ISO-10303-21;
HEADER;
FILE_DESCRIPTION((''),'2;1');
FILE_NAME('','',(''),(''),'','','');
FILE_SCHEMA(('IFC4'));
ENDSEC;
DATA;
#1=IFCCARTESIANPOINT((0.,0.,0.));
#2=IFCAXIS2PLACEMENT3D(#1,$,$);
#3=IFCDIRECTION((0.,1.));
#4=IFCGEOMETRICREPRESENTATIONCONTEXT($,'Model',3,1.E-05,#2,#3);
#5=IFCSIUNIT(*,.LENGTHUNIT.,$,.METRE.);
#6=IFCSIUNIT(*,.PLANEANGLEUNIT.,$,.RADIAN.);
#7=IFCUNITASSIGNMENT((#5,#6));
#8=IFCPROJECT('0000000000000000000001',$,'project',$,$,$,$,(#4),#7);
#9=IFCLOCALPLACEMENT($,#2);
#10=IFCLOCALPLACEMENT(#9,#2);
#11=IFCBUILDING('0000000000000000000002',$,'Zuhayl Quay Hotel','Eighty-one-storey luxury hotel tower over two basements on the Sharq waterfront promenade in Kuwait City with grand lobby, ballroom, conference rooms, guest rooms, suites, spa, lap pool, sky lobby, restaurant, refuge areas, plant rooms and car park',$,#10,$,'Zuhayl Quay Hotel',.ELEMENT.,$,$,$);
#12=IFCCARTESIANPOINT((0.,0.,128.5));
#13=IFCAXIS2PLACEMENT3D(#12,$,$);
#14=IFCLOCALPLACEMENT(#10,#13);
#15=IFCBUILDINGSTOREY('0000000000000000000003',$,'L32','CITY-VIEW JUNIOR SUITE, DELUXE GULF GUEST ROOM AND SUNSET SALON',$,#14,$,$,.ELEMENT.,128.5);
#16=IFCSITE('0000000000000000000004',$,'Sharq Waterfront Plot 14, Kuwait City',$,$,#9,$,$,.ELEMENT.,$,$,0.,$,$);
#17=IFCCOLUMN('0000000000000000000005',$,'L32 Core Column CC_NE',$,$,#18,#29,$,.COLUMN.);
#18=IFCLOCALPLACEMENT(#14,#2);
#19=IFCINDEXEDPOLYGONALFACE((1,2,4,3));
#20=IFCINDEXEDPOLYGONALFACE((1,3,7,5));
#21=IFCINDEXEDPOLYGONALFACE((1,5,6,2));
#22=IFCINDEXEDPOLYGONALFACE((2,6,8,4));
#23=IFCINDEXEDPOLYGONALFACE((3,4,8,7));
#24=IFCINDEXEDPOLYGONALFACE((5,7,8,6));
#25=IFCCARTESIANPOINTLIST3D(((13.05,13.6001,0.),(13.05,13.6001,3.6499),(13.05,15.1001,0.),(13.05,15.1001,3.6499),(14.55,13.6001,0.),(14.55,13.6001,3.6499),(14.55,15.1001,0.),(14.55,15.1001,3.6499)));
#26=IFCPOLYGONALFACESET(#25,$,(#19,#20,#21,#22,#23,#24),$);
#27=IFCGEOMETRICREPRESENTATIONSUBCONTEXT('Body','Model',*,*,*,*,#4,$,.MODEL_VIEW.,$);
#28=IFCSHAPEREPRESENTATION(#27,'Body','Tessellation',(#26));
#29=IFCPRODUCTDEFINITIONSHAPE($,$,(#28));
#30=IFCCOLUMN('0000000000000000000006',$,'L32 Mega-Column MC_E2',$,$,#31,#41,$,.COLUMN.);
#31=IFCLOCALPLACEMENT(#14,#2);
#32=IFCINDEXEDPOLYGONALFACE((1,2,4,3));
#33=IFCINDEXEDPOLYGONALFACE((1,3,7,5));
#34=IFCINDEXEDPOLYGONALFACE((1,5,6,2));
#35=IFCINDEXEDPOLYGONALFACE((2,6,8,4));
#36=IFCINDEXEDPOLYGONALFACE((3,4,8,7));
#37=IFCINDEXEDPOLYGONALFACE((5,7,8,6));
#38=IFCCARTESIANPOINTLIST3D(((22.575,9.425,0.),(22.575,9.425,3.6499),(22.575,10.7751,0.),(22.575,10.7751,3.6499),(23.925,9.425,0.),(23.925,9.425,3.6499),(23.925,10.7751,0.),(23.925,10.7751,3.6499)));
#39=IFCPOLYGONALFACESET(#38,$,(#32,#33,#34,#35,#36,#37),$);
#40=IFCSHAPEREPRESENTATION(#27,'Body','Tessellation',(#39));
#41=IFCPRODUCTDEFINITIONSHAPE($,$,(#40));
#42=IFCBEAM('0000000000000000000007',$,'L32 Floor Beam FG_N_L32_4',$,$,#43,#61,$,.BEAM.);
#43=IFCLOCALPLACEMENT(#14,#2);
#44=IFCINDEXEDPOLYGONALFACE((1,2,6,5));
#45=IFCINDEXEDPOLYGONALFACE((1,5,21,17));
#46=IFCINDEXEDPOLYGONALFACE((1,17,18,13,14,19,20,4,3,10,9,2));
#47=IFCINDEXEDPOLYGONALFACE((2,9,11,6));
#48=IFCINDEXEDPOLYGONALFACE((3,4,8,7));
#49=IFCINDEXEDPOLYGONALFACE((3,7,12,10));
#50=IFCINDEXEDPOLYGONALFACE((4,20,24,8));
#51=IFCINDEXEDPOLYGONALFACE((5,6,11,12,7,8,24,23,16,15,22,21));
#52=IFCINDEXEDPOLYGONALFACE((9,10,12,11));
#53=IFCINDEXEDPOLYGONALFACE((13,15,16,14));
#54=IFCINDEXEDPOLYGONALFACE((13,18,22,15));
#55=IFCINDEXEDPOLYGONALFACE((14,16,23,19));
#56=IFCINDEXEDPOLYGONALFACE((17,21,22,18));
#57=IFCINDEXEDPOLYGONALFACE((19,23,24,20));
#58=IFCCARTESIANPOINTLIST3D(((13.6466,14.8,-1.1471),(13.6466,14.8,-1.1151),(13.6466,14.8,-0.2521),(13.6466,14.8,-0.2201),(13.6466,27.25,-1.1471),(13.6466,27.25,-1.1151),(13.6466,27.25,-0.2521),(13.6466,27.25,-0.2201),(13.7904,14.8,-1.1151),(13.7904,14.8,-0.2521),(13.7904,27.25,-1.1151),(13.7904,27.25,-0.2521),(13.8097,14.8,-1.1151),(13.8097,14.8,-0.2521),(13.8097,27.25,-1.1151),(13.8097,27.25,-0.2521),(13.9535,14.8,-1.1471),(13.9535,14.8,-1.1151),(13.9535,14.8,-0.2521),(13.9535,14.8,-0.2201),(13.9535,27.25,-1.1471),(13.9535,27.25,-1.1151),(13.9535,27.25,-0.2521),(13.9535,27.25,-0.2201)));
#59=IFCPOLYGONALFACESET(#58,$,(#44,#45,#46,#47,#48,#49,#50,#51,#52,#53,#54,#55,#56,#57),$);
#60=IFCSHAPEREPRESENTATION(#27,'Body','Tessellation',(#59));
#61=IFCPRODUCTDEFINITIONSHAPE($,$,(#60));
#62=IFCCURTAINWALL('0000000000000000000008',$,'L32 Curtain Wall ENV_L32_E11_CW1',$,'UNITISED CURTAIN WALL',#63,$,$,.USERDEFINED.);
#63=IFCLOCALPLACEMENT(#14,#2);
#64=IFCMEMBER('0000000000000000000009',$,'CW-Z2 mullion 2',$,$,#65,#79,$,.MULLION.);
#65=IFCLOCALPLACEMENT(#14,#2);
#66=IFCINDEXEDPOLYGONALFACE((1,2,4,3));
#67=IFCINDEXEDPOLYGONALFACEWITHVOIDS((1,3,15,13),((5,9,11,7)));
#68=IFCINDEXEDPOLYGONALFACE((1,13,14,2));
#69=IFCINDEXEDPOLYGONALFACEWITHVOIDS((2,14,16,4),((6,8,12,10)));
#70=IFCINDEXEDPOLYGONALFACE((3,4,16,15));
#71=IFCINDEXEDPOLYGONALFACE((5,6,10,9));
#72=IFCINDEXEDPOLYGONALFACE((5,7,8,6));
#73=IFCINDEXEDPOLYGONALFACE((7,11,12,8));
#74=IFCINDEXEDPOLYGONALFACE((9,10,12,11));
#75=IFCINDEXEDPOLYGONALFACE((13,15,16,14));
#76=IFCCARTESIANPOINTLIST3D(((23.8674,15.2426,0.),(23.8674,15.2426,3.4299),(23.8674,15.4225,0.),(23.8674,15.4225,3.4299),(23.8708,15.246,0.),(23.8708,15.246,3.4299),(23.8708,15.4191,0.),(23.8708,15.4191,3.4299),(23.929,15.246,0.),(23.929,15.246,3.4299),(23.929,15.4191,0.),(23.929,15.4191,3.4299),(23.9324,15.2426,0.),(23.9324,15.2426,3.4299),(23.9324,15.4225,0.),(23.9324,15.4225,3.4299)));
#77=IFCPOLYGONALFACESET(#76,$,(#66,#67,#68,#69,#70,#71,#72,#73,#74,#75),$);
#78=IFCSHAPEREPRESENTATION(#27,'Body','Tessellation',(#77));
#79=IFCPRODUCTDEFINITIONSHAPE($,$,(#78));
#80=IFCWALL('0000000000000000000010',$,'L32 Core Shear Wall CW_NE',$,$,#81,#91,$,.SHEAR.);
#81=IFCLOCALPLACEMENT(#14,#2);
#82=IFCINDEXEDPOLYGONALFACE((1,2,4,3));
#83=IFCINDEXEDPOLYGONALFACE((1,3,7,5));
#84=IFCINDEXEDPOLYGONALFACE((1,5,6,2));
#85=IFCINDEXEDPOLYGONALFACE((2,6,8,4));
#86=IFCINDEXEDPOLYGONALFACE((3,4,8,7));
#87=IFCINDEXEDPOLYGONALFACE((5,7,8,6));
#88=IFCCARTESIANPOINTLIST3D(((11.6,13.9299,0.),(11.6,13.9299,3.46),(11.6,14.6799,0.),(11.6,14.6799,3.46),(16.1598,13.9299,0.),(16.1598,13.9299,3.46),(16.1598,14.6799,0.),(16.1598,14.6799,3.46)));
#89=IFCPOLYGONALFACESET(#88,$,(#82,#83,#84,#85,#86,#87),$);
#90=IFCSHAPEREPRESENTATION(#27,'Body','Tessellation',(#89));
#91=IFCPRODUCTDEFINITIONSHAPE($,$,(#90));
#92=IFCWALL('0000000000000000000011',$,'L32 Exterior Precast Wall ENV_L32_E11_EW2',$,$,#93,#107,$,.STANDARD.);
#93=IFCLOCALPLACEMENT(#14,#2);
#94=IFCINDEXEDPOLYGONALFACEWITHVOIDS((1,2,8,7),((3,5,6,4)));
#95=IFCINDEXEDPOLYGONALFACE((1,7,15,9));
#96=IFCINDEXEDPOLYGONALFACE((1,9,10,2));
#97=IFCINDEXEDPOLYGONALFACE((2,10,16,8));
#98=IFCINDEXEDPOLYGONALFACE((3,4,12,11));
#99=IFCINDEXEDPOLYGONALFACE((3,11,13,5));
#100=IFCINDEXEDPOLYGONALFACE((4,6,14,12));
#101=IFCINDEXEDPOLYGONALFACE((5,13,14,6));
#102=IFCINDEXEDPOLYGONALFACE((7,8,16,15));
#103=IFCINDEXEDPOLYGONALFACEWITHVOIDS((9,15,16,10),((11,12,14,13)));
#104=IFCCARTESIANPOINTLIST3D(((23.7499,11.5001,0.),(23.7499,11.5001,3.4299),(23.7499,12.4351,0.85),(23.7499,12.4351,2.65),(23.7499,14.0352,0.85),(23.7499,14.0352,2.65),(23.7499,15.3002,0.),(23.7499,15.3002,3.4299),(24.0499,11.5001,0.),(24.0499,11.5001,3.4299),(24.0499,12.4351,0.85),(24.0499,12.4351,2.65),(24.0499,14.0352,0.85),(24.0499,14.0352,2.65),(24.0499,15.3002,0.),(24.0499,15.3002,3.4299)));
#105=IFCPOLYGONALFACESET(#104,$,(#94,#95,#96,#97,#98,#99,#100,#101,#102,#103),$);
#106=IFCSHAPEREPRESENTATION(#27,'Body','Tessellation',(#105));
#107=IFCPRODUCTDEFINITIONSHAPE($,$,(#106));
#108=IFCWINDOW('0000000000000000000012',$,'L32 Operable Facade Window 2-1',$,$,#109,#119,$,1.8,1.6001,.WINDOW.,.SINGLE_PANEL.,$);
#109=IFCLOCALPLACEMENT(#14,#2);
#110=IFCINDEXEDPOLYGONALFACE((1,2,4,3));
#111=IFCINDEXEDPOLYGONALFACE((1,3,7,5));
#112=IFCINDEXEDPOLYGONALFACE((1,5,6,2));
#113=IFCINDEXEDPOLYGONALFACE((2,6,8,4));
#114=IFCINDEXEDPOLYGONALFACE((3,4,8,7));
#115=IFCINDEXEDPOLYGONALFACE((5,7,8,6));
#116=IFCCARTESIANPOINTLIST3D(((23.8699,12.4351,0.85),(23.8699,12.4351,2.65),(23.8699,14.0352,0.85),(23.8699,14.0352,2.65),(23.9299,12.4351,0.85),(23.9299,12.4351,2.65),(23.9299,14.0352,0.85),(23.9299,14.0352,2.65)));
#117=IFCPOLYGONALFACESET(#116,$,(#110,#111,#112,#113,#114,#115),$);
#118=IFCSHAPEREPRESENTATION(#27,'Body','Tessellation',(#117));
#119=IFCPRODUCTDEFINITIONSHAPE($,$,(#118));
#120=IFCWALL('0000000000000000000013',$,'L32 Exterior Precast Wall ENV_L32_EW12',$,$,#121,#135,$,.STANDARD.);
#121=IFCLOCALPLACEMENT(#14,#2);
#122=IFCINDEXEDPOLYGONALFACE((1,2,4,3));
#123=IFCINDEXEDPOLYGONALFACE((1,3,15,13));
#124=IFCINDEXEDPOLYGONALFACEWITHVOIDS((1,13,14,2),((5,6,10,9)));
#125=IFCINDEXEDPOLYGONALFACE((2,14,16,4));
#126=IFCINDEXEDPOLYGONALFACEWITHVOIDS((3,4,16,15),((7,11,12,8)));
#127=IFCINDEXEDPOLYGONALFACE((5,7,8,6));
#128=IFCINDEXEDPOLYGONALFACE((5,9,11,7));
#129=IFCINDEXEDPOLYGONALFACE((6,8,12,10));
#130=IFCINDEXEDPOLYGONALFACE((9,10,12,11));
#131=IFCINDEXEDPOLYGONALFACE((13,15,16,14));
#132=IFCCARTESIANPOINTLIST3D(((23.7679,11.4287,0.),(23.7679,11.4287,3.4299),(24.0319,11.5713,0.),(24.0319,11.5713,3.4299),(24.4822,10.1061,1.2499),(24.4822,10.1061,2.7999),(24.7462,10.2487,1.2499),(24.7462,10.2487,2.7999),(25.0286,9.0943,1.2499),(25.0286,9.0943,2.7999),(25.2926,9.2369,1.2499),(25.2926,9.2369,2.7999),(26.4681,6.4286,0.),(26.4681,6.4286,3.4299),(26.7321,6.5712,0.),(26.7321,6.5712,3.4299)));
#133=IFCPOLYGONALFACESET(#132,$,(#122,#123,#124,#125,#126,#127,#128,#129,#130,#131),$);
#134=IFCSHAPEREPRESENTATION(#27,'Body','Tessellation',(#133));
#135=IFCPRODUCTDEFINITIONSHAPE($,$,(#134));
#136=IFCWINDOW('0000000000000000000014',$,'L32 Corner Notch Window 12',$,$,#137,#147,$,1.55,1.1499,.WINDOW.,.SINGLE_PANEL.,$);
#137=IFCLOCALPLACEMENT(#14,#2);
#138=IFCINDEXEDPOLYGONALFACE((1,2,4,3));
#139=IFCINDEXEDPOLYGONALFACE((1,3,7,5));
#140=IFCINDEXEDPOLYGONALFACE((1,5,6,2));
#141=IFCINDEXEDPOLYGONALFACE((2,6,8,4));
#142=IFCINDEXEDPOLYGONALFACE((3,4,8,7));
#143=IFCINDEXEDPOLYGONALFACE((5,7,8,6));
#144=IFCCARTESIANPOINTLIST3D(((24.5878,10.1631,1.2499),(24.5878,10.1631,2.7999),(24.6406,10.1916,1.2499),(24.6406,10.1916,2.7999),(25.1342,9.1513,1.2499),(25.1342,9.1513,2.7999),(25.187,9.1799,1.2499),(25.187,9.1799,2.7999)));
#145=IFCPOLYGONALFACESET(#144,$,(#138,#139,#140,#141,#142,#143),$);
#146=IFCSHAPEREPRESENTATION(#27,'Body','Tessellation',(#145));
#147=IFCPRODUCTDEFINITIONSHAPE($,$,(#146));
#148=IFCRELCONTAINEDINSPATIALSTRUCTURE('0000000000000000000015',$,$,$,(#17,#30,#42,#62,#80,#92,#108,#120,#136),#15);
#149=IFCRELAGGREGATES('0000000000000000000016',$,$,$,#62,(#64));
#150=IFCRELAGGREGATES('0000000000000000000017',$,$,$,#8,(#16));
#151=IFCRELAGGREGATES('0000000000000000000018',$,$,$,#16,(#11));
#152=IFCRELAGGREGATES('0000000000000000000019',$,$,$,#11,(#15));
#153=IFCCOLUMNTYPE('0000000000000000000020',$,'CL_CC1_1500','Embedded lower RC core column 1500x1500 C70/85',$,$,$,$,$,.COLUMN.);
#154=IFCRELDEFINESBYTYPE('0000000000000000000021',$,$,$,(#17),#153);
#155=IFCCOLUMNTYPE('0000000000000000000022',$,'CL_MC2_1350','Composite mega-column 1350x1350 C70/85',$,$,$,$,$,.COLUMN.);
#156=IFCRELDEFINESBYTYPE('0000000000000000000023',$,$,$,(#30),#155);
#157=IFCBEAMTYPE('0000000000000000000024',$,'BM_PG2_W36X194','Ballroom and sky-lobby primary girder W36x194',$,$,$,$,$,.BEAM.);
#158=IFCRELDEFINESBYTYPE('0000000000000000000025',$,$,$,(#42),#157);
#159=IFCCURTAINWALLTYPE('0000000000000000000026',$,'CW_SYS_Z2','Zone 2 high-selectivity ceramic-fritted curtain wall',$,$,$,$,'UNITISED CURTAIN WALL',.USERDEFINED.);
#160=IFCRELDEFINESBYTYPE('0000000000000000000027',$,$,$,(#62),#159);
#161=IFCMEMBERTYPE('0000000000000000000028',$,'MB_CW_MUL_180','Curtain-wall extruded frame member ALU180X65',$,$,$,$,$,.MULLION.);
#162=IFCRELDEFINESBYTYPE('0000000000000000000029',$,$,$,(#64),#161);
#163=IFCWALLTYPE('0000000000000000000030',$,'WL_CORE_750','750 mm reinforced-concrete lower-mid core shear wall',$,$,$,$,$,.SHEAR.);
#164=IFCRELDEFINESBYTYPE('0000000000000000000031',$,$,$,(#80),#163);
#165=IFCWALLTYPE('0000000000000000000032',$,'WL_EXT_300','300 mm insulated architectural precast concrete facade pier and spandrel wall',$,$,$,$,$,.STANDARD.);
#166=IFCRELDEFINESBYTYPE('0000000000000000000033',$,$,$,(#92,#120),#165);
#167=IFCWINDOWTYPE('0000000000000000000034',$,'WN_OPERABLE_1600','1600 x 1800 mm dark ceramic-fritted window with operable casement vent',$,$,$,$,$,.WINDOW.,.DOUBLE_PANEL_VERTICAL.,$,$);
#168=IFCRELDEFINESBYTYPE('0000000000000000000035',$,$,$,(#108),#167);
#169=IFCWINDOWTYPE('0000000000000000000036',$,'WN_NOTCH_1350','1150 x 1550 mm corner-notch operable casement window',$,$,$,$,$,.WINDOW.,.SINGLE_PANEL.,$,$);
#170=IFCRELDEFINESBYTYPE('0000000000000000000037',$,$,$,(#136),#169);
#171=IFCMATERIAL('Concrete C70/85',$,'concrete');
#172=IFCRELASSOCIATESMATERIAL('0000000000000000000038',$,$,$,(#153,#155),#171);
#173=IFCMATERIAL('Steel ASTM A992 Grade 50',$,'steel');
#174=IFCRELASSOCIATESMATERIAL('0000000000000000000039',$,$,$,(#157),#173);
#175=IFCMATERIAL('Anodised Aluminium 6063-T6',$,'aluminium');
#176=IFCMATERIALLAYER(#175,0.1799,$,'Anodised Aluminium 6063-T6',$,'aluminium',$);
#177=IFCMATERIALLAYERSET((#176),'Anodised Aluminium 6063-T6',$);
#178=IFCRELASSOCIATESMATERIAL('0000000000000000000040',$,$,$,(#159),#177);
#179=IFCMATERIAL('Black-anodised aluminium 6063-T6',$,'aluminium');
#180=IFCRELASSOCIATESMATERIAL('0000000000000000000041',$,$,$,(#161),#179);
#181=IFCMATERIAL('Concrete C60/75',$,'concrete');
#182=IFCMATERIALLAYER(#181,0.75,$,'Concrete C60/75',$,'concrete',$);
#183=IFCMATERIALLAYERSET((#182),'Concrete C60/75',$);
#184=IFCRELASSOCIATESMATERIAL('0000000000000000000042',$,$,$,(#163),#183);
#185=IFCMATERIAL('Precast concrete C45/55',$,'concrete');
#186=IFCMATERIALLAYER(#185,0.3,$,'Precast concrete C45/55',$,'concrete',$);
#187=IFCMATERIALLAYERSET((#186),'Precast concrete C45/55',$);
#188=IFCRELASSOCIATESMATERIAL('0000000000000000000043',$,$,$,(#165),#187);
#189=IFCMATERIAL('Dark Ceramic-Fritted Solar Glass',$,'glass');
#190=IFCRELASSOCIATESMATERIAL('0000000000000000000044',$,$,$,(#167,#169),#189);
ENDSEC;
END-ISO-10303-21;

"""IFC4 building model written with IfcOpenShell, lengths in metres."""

from ifc_helpers import new_model, si_unit, direction, frame, frame_2d, origin, origin_2d, place, context, subcontext, project, spatial, rectangle, hollow_rectangle, i_section, extrude, material, layer, layer_set, material_profile, profile_set, type_object, element, fill, aggregate, save


model = new_model("IFC4")

# Units and contexts
model_context = context("Model", 3, precision=1e-05, world=origin(), true_north=direction((0.0, 1.0)))
body_context = subcontext(model_context, "Body", "Model", "MODEL_VIEW")
ifc_project = project(units=[si_unit("LENGTHUNIT", "METRE"), si_unit("PLANEANGLEUNIT", "RADIAN")], contexts=[model_context])

# Site, building, storey
site_placement = place(None, origin())
site = spatial("IfcSite", under=ifc_project, at=site_placement, Name="Sharq Waterfront Plot 14, Kuwait City", CompositionType="ELEMENT", RefElevation=0.0)
building_placement = place(site_placement, origin())
building = spatial("IfcBuilding", under=site, at=building_placement, Name="Zuhayl Quay Hotel", Description="Eighty-one-storey luxury hotel tower over two basements on the Sharq waterfront promenade in Kuwait City with grand lobby, ballroom, conference rooms, guest rooms, suites, spa, lap pool, sky lobby, restaurant, refuge areas, plant rooms and car park", LongName="Zuhayl Quay Hotel", CompositionType="ELEMENT")
storey_placement = place(building_placement, frame((0.0, 0.0, 128.5)))
storey = spatial("IfcBuildingStorey", under=building, at=storey_placement, Name="L32", Description="CITY-VIEW JUNIOR SUITE, DELUXE GULF GUEST ROOM AND SUNSET SALON", CompositionType="ELEMENT", Elevation=128.5)

# Columns
ifc_material_1 = material(Name="Concrete C70/85", Category="concrete")
ifc_material_profile_1 = material_profile(ifc_material_1, rectangle(XDim=1.5, YDim=1.5, at=origin_2d()), Name="RC1500X1500")
ifc_profile_set_1 = profile_set([ifc_material_profile_1], Name="Concrete C70/85")
column_type_1 = type_object("IfcColumnType", Name="CL_CC1_1500", Description="Embedded lower RC core column 1500x1500 C70/85", PredefinedType="COLUMN", material=ifc_profile_set_1)
column_1_placement = place(storey_placement, frame((13.8, 14.3501, 0.0), z_axis=(0.0, 0.0, 1.0), x_axis=(1.0, 0.0, 0.0)))
element("IfcColumn", 1, at=column_1_placement, inside=storey, type_object=column_type_1, Name="L32 Core Column CC_NE", PredefinedType="COLUMN", context=body_context, shape_type="SweptSolid", body=[
    extrude(rectangle(XDim=1.5, YDim=1.5, at=origin_2d()), origin(), (0.0, 0.0, 1.0), 3.6499),
])
ifc_material_profile_2 = material_profile(ifc_material_1, rectangle(XDim=1.3501, YDim=1.3501, at=origin_2d()), Name="RC1350X1350")
ifc_profile_set_2 = profile_set([ifc_material_profile_2], Name="Concrete C70/85")
column_type_2 = type_object("IfcColumnType", Name="CL_MC2_1350", Description="Composite mega-column 1350x1350 C70/85", PredefinedType="COLUMN", material=ifc_profile_set_2)
column_2_placement = place(storey_placement, frame((23.25, 10.1001, 0.0), z_axis=(0.0, 0.0, 1.0), x_axis=(1.0, 0.0, 0.0)))
element("IfcColumn", 2, at=column_2_placement, inside=storey, type_object=column_type_2, Name="L32 Mega-Column MC_E2", PredefinedType="COLUMN", context=body_context, shape_type="SweptSolid", body=[
    extrude(rectangle(XDim=1.3501, YDim=1.3501, at=origin_2d()), origin(), (0.0, 0.0, 1.0), 3.6499),
])

# Beam
ifc_material_2 = material(Name="Steel ASTM A992 Grade 50", Category="steel")
ifc_material_profile_3 = material_profile(ifc_material_2, i_section(OverallWidth=0.3069, OverallDepth=0.927, WebThickness=0.0193, FlangeThickness=0.032, at=origin_2d()), Name="W36X194")
ifc_profile_set_3 = profile_set([ifc_material_profile_3], Name="Steel ASTM A992 Grade 50")
beam_type = type_object("IfcBeamType", Name="BM_PG2_W36X194", Description="Ballroom and sky-lobby primary girder W36x194", PredefinedType="BEAM", material=ifc_profile_set_3)
beam_placement = place(storey_placement, frame((13.8, 14.8, -0.6836), z_axis=(0.0, 1.0, 0.0), x_axis=(-1.0, 0.0, 0.0)))
element("IfcBeam", 3, at=beam_placement, inside=storey, type_object=beam_type, Name="L32 Floor Beam FG_N_L32_4", PredefinedType="BEAM", context=body_context, shape_type="SweptSolid", body=[
    extrude(i_section(OverallWidth=0.3069, OverallDepth=0.927, WebThickness=0.0193, FlangeThickness=0.032, at=origin_2d()), origin(), (0.0, 0.0, 1.0), 12.45),
])

# Curtain wall, member
ifc_material_3 = material(Name="Anodised Aluminium 6063-T6", Category="aluminium")
ifc_layer_1 = layer(ifc_material_3, 0.1799, Name="Anodised Aluminium 6063-T6", Category="aluminium")
ifc_layer_set_1 = layer_set([ifc_layer_1], Name="Anodised Aluminium 6063-T6")
curtain_wall_type = type_object("IfcCurtainWallType", Name="CW_SYS_Z2", Description="Zone 2 high-selectivity ceramic-fritted curtain wall", ElementType="UNITISED CURTAIN WALL", PredefinedType="USERDEFINED", material=ifc_layer_set_1)
curtain_wall_placement = place(storey_placement, origin())
curtain_wall = element("IfcCurtainWall", 4, at=curtain_wall_placement, inside=storey, type_object=curtain_wall_type, Name="L32 Curtain Wall ENV_L32_E11_CW1", ObjectType="UNITISED CURTAIN WALL", PredefinedType="USERDEFINED")
ifc_material_4 = material(Name="Black-anodised aluminium 6063-T6", Category="aluminium")
ifc_material_profile_4 = material_profile(ifc_material_4, hollow_rectangle(XDim=0.0649, YDim=0.1799, WallThickness=0.0034, at=origin_2d()), Name="ALU180X65")
ifc_profile_set_4 = profile_set([ifc_material_profile_4], Name="Black-anodised aluminium 6063-T6")
member_type = type_object("IfcMemberType", Name="MB_CW_MUL_180", Description="Curtain-wall extruded frame member ALU180X65", PredefinedType="MULLION", material=ifc_profile_set_4)
member_placement = place(storey_placement, frame((23.8999, 15.3325, 0.0), z_axis=(0.0, 0.0, 1.0), x_axis=(1.0, 0.0, 0.0)))
member = element("IfcMember", 5, at=member_placement, type_object=member_type, Name="CW-Z2 mullion 2", PredefinedType="MULLION", context=body_context, shape_type="SweptSolid", body=[
    extrude(hollow_rectangle(XDim=0.0649, YDim=0.1799, WallThickness=0.0034, at=origin_2d()), origin(), (0.0, 0.0, 1.0), 3.4299),
])
aggregate(curtain_wall, [member])

# Wall
ifc_material_5 = material(Name="Concrete C60/75", Category="concrete")
ifc_layer_2 = layer(ifc_material_5, 0.75, Name="Concrete C60/75", Category="concrete")
ifc_layer_set_2 = layer_set([ifc_layer_2], Name="Concrete C60/75")
wall_type_1 = type_object("IfcWallType", Name="WL_CORE_750", Description="750 mm reinforced-concrete lower-mid core shear wall", PredefinedType="SHEAR", material=ifc_layer_set_2)
wall_1_placement = place(storey_placement, frame((11.6001, 14.3049, 0.0), z_axis=(0.0, 0.0, 1.0), x_axis=(1.0, 0.0, 0.0)))
element("IfcWall", 6, at=wall_1_placement, inside=storey, type_object=wall_type_1, Name="L32 Core Shear Wall CW_NE", PredefinedType="SHEAR", context=body_context, shape_type="SweptSolid", body=[
    extrude(rectangle(XDim=4.5598, YDim=0.75, at=frame_2d((2.2798, 0.0))), origin(), (0.0, 0.0, 1.0), 3.46),
])

# Walls, openings, windows
ifc_material_6 = material(Name="Precast concrete C45/55", Category="concrete")
ifc_layer_3 = layer(ifc_material_6, 0.3, Name="Precast concrete C45/55", Category="concrete")
ifc_layer_set_3 = layer_set([ifc_layer_3], Name="Precast concrete C45/55")
wall_type_2 = type_object("IfcWallType", Name="WL_EXT_300", Description="300 mm insulated architectural precast concrete facade pier and spandrel wall", PredefinedType="STANDARD", material=ifc_layer_set_3)
wall_2_placement = place(storey_placement, frame((23.8999, 15.3, 0.0), z_axis=(0.0, 0.0, 1.0), x_axis=(0.0, -1.0, 0.0)))
wall_2 = element("IfcWall", 7, at=wall_2_placement, inside=storey, type_object=wall_type_2, Name="L32 Exterior Precast Wall ENV_L32_E11_EW2", PredefinedType="STANDARD", context=body_context, shape_type="SweptSolid", body=[
    extrude(rectangle(XDim=3.8, YDim=0.3, at=frame_2d((1.8999, 0.0))), origin(), (0.0, 0.0, 1.0), 3.4299),
])
opening_1_placement = place(wall_2_placement, frame((1.2649, 0.0, 0.8501)))
opening_1 = element("IfcOpeningElement", 8, at=opening_1_placement, cuts=wall_2, PredefinedType="OPENING", context=body_context, shape_type="SweptSolid", body=[
    extrude(rectangle(XDim=1.6001, YDim=1.8, at=frame_2d((0.8, 0.8999))), frame((0.0, 0.1599, 0.0), z_axis=(0.0, -1.0, 0.0), x_axis=(1.0, 0.0, 0.0)), (0.0, 0.0, 1.0), 0.3201),
])
ifc_material_7 = material(Name="Dark Ceramic-Fritted Solar Glass", Category="glass")
window_type_1 = type_object("IfcWindowType", Name="WN_OPERABLE_1600", Description="1600 x 1800 mm dark ceramic-fritted window with operable casement vent", PartitioningType="DOUBLE_PANEL_VERTICAL", PredefinedType="WINDOW", material=ifc_material_7)
window_1_placement = place(opening_1_placement, origin())
window_1 = element("IfcWindow", 9, at=window_1_placement, inside=storey, type_object=window_type_1, Name="L32 Operable Facade Window 2-1", OverallHeight=1.8, OverallWidth=1.6001, PartitioningType="SINGLE_PANEL", PredefinedType="WINDOW", context=body_context, shape_type="SweptSolid", body=[
    extrude(rectangle(XDim=1.6001, YDim=1.8, at=frame_2d((0.8, 0.8999))), frame((0.0, 0.03, 0.0), z_axis=(0.0, -1.0, 0.0), x_axis=(1.0, 0.0, 0.0)), (0.0, 0.0, 1.0), 0.0601),
])
fill(opening_1, window_1)
wall_3_placement = place(storey_placement, frame((23.8999, 11.5, 0.0), z_axis=(0.0, 0.0, 1.0), x_axis=(0.475176, -0.879891, 0.0)))
wall_3 = element("IfcWall", 10, at=wall_3_placement, inside=storey, type_object=wall_type_2, Name="L32 Exterior Precast Wall ENV_L32_EW12", PredefinedType="STANDARD", context=body_context, shape_type="SweptSolid", body=[
    extrude(rectangle(XDim=5.6826, YDim=0.3, at=frame_2d((2.8413, 0.0))), origin(), (0.0, 0.0, 1.0), 3.4299),
])
opening_2_placement = place(wall_3_placement, frame((1.5032, 0.0, 1.25)))
opening_2 = element("IfcOpeningElement", 11, at=opening_2_placement, cuts=wall_3, PredefinedType="OPENING", context=body_context, shape_type="SweptSolid", body=[
    extrude(rectangle(XDim=1.1499, YDim=1.55, at=frame_2d((0.575, 0.7749))), frame((0.0, 0.1599, 0.0), z_axis=(0.0, -1.0, 0.0), x_axis=(1.0, 0.0, 0.0)), (0.0, 0.0, 1.0), 0.3201),
])
window_type_2 = type_object("IfcWindowType", Name="WN_NOTCH_1350", Description="1150 x 1550 mm corner-notch operable casement window", PartitioningType="SINGLE_PANEL", PredefinedType="WINDOW", material=ifc_material_7)
window_2_placement = place(opening_2_placement, origin())
window_2 = element("IfcWindow", 12, at=window_2_placement, inside=storey, type_object=window_type_2, Name="L32 Corner Notch Window 12", OverallHeight=1.55, OverallWidth=1.1499, PartitioningType="SINGLE_PANEL", PredefinedType="WINDOW", context=body_context, shape_type="SweptSolid", body=[
    extrude(rectangle(XDim=1.1499, YDim=1.55, at=frame_2d((0.575, 0.7749))), frame((0.0, 0.03, 0.0), z_axis=(0.0, -1.0, 0.0), x_axis=(1.0, 0.0, 0.0)), (0.0, 0.0, 1.0), 0.0601),
])
fill(opening_2, window_2)

save(model, "model.ifc")
